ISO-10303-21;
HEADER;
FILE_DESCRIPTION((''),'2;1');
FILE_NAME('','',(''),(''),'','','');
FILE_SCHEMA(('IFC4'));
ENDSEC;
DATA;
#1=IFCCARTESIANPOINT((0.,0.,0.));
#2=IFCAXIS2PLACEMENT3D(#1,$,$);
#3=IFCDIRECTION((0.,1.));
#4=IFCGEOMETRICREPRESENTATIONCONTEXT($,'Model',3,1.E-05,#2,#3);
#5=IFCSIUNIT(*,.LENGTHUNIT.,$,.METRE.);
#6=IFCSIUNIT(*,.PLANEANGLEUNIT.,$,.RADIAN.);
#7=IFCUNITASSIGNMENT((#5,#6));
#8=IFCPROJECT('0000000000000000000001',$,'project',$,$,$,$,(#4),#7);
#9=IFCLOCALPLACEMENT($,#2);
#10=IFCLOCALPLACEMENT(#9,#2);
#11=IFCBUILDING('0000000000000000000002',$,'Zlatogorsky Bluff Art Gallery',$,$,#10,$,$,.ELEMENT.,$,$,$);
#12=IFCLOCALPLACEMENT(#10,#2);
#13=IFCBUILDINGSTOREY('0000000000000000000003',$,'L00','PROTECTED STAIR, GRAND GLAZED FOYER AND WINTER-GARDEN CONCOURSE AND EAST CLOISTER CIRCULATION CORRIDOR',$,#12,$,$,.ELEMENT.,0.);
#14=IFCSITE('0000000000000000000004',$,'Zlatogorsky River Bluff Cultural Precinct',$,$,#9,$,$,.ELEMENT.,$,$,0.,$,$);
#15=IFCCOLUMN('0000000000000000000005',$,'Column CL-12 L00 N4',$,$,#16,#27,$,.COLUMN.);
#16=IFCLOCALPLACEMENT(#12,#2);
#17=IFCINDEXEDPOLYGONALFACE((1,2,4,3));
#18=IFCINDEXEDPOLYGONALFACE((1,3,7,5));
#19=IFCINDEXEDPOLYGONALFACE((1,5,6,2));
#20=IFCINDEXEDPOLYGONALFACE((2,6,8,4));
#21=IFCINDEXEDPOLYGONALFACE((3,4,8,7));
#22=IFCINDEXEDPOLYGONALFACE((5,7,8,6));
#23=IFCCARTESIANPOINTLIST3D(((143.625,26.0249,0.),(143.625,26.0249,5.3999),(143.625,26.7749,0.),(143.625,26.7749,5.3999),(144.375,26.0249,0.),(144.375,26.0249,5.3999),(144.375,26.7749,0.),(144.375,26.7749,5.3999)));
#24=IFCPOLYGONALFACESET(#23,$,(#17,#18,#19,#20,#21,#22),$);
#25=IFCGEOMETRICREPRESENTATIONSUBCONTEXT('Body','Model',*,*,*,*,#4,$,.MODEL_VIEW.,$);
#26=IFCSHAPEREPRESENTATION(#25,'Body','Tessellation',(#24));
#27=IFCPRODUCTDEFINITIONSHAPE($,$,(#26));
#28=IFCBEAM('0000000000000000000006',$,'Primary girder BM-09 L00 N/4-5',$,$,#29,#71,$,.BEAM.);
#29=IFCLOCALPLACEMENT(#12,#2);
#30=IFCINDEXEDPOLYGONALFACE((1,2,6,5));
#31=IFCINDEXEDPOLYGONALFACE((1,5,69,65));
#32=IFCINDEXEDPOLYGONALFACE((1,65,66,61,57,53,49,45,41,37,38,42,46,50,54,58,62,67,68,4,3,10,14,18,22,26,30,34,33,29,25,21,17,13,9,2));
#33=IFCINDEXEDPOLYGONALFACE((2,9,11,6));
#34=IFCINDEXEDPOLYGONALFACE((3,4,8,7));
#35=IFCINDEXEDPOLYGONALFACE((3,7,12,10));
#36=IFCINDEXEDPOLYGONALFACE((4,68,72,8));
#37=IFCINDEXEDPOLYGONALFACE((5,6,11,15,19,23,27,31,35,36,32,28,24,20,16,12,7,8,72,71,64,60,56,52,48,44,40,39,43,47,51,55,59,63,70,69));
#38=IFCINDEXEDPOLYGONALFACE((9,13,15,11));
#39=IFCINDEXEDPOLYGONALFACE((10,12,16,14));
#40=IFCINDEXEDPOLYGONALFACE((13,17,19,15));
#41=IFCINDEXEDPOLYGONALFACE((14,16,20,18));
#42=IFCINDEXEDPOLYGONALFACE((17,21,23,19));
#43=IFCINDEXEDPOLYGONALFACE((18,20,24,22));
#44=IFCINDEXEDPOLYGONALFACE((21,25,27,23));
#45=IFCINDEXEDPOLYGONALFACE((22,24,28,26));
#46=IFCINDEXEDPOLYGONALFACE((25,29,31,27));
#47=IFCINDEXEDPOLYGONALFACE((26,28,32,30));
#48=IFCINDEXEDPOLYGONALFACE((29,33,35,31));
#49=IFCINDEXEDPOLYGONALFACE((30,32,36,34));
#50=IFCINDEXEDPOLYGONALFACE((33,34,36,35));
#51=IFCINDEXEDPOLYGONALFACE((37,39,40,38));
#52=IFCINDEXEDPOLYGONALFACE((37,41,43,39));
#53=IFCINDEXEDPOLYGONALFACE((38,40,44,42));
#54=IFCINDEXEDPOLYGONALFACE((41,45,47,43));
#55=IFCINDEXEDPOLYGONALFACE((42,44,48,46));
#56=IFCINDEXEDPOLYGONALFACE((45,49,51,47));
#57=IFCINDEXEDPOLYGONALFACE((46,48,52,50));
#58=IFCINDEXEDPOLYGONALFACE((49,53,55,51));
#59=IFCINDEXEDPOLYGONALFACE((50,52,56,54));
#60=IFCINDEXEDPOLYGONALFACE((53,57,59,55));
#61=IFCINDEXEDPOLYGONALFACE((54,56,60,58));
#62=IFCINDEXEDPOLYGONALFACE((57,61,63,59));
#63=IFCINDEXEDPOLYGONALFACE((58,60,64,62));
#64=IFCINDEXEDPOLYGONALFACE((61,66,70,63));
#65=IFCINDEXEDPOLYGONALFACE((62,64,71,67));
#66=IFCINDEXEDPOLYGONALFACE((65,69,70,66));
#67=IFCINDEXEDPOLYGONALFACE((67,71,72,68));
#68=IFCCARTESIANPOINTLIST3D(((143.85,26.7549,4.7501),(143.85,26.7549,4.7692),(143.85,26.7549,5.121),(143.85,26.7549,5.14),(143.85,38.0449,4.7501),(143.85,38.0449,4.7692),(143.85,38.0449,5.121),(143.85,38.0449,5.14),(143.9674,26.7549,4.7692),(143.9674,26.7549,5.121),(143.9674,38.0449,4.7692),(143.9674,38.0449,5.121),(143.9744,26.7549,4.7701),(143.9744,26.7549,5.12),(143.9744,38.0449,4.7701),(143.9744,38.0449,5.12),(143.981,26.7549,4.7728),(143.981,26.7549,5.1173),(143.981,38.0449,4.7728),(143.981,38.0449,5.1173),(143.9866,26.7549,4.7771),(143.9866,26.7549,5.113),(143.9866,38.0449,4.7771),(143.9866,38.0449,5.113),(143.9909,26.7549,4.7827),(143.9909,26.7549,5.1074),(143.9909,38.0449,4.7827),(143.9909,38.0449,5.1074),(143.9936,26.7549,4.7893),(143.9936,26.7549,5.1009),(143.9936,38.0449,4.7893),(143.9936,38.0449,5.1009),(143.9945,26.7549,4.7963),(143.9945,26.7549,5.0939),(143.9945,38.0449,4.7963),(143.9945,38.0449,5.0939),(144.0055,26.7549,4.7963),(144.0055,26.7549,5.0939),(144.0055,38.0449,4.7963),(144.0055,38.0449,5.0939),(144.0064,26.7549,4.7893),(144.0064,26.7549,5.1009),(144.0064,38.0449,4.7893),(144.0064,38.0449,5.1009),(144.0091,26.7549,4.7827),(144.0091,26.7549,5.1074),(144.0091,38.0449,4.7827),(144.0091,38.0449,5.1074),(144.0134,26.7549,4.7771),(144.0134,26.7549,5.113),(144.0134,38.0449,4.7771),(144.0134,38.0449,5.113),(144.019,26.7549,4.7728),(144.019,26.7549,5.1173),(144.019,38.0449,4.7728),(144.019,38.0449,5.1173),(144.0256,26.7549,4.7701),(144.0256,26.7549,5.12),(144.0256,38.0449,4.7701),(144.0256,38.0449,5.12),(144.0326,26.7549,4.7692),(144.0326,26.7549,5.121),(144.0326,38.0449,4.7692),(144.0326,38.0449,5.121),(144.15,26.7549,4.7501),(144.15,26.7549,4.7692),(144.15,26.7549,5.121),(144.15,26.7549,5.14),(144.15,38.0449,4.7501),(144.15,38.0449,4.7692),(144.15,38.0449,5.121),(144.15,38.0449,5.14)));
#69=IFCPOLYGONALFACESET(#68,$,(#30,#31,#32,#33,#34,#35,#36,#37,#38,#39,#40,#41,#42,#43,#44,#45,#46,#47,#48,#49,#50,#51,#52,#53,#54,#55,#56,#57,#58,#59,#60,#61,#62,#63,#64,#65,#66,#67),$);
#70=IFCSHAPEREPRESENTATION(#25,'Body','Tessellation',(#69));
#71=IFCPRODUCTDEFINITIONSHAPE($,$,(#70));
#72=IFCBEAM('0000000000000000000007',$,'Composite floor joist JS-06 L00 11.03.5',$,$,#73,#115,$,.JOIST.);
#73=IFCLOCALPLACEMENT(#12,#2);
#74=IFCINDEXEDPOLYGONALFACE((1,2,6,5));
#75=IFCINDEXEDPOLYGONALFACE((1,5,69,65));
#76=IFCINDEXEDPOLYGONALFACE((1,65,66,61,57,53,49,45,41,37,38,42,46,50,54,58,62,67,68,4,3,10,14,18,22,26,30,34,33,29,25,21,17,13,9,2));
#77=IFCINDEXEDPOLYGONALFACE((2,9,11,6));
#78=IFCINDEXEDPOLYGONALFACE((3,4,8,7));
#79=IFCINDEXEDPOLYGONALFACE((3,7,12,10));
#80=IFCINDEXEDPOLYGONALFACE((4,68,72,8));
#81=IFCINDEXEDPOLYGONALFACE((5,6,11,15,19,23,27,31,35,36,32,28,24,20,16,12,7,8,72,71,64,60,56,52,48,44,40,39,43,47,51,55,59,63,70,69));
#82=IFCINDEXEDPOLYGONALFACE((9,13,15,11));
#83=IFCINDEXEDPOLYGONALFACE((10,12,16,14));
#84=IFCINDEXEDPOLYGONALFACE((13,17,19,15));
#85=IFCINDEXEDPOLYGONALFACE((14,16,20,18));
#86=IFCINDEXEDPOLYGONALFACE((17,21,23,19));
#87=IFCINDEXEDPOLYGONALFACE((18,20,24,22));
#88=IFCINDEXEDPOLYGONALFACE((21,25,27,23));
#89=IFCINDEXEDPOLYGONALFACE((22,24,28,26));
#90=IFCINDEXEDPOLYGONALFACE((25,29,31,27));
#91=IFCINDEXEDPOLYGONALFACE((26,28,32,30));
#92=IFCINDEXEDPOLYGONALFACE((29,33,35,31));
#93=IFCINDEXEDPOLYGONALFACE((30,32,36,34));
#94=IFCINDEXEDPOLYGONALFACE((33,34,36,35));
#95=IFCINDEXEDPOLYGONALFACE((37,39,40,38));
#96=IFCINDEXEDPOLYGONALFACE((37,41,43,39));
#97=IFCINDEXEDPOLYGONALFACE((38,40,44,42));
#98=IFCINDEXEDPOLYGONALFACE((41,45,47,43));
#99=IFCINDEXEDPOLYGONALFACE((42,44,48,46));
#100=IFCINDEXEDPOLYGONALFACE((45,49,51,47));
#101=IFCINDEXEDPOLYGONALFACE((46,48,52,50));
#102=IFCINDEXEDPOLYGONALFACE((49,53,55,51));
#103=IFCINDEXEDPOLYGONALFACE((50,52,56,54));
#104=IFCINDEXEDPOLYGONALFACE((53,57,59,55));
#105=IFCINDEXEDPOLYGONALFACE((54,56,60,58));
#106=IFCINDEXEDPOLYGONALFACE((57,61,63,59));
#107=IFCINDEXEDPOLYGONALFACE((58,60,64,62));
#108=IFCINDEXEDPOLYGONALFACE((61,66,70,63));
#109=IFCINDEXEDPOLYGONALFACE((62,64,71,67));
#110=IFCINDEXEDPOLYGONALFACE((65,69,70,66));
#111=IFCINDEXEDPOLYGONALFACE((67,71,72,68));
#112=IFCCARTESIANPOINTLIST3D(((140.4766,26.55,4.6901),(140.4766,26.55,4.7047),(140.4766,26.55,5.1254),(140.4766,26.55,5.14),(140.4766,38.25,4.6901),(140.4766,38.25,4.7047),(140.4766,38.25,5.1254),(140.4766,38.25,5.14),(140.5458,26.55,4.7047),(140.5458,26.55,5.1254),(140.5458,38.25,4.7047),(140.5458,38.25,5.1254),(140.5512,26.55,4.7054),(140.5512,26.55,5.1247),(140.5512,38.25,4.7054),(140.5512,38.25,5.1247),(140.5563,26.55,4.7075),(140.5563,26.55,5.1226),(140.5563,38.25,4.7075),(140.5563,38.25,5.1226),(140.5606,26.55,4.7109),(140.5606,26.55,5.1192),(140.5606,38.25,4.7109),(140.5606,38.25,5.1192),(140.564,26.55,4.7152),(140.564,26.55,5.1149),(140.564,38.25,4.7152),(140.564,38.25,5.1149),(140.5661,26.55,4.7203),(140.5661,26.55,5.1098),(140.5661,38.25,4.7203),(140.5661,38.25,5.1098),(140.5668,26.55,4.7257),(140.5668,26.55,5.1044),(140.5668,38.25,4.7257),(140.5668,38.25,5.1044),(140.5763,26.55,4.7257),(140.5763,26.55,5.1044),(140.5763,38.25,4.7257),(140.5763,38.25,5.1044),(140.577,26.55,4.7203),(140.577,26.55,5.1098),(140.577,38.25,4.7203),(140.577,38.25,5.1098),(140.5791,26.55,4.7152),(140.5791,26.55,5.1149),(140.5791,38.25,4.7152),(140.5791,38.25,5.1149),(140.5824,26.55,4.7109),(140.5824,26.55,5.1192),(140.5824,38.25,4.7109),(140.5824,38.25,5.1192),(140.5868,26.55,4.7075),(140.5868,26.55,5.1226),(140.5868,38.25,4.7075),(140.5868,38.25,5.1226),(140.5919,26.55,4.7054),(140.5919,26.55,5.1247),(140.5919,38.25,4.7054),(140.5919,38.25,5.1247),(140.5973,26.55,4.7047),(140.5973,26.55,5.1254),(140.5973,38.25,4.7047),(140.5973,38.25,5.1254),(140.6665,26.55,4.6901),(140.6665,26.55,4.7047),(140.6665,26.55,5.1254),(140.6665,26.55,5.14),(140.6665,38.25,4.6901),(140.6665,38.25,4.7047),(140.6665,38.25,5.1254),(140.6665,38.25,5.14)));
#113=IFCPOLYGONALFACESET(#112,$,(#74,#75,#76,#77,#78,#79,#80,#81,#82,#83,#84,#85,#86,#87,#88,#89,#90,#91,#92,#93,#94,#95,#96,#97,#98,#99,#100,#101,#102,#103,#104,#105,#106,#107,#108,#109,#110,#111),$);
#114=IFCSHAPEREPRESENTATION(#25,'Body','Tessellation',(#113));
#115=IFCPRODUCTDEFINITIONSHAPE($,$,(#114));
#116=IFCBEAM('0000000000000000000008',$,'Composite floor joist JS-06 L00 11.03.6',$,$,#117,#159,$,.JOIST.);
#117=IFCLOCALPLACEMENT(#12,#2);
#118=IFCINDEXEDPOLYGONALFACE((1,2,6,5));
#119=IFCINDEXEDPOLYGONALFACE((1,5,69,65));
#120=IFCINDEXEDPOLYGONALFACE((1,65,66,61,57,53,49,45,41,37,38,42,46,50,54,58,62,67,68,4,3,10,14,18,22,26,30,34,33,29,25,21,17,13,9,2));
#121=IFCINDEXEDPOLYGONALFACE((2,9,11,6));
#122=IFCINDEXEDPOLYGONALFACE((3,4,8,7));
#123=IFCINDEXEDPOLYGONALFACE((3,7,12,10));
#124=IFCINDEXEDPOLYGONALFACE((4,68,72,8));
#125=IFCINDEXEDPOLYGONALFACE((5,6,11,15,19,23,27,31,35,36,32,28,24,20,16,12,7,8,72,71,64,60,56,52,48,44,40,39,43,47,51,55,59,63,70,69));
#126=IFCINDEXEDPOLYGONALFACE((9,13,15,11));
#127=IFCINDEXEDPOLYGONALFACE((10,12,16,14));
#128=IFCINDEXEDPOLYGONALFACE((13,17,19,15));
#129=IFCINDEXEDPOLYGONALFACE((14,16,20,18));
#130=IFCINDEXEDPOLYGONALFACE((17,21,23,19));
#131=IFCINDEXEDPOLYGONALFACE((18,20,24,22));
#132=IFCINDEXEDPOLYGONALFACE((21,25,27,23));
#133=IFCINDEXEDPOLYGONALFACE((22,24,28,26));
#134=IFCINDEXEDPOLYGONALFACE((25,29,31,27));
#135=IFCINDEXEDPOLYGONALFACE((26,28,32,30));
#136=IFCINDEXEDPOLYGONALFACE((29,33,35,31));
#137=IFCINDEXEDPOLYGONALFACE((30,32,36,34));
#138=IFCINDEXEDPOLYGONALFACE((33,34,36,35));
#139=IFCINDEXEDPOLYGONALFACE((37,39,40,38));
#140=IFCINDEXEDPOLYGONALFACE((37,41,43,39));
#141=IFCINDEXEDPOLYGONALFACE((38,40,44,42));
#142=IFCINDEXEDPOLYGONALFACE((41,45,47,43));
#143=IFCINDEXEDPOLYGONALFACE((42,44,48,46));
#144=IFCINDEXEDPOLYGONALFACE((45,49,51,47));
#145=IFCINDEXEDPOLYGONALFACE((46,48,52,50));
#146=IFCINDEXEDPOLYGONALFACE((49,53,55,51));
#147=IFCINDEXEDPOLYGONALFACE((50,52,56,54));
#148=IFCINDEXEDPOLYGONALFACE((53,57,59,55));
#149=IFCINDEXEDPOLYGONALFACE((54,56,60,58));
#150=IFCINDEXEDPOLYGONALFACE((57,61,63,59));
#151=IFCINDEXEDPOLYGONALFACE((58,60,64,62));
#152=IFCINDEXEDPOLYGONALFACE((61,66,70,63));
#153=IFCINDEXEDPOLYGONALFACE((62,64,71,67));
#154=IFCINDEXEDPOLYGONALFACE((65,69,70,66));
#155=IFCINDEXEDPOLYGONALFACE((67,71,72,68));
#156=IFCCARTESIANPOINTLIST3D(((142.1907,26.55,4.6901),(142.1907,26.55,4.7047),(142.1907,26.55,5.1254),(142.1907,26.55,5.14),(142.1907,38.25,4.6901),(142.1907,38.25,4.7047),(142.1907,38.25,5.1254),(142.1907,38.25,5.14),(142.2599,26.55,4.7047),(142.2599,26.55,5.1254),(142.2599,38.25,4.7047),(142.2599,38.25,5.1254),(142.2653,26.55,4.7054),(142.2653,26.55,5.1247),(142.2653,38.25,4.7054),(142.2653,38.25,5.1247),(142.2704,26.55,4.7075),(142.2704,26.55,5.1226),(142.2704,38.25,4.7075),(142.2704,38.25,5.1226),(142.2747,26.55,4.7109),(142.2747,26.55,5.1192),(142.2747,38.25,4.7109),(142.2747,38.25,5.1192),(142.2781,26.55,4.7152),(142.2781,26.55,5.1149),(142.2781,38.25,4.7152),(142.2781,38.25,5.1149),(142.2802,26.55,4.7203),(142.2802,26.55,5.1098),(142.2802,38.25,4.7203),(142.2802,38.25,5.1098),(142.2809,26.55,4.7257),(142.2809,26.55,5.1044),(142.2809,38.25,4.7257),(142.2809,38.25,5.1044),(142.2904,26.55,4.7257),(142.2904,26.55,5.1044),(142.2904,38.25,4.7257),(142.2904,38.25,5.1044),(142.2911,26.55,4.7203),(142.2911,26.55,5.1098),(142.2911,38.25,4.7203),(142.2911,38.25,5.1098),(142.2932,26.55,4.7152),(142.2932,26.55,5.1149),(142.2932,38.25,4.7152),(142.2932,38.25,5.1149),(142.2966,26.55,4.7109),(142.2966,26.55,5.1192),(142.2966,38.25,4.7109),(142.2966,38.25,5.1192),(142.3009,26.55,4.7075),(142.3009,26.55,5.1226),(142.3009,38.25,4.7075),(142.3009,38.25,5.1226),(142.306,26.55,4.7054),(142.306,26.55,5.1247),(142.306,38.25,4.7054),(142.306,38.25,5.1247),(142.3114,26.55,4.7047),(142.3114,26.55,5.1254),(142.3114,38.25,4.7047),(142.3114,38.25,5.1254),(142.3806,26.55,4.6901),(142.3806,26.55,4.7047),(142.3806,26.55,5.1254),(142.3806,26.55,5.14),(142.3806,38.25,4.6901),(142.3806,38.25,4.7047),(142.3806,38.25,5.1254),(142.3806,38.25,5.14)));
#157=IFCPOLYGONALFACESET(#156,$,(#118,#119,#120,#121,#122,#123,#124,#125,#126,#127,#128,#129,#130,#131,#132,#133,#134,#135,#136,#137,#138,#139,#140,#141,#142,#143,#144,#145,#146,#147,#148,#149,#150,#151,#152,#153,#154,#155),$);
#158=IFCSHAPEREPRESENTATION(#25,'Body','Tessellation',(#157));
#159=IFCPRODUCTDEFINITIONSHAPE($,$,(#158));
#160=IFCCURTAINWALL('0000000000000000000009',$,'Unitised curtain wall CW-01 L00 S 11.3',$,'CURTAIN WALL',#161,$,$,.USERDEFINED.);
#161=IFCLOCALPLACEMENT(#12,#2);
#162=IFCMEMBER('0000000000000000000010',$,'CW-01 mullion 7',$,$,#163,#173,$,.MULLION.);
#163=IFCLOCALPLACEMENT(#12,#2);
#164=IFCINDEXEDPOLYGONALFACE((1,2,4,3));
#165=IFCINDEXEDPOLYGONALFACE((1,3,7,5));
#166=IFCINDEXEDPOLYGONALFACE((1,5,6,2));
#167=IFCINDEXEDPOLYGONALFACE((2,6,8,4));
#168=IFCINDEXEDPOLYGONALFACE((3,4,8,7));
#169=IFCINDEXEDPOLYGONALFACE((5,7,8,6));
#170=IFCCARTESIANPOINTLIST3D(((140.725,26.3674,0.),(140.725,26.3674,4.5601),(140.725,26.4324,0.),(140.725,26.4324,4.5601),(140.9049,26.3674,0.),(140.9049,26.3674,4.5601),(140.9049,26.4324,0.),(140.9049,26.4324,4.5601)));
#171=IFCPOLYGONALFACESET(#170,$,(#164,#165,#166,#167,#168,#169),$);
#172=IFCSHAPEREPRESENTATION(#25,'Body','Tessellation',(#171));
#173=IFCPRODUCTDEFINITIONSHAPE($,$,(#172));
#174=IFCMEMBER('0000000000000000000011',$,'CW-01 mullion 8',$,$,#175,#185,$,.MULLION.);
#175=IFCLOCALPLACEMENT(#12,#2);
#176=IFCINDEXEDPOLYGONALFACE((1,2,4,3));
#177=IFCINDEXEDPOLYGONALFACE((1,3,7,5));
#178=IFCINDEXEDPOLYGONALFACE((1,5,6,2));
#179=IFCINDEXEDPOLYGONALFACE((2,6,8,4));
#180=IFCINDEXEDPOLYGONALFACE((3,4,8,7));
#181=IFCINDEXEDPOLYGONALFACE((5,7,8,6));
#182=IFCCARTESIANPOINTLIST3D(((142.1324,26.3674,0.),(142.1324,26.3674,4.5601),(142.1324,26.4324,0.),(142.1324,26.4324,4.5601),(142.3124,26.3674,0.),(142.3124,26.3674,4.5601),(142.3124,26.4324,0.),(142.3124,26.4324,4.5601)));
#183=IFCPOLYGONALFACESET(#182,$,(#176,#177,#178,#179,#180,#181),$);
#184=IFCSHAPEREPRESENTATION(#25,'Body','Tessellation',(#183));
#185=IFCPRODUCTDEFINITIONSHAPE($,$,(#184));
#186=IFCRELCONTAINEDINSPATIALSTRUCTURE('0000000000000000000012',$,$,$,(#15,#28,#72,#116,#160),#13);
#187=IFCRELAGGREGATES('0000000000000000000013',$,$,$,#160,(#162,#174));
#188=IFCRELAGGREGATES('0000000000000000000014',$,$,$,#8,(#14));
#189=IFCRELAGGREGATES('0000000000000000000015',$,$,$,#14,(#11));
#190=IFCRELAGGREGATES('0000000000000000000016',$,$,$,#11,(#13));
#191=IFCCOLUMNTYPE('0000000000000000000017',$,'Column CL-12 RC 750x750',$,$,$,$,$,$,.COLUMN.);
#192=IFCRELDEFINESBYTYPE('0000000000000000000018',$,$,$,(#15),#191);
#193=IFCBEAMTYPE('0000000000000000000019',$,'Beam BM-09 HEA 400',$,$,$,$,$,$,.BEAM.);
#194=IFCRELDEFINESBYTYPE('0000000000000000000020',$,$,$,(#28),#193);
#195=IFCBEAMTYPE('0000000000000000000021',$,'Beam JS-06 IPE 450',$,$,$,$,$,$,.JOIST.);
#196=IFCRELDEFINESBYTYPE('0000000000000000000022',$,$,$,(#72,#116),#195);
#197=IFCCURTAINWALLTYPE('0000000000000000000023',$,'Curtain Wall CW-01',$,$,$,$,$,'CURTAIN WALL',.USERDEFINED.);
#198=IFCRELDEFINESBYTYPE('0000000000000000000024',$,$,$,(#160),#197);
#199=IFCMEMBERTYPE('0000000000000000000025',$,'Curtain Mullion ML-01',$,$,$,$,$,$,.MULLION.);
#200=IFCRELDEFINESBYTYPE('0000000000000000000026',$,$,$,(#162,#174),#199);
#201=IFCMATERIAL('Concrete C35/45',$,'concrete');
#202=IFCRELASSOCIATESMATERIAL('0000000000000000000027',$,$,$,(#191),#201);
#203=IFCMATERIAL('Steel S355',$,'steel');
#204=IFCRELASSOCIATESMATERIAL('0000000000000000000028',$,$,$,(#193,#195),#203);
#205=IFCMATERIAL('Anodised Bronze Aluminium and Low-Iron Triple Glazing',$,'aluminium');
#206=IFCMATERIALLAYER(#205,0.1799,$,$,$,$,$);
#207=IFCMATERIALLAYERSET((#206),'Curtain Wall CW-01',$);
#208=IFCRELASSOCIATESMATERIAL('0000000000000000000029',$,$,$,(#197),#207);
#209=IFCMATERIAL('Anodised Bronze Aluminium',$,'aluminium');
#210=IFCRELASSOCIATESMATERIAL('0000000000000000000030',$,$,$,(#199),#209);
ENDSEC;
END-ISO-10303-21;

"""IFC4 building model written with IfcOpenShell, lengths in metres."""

from ifc_helpers import new_model, si_unit, direction, frame, origin, origin_2d, place, context, subcontext, project, spatial, rectangle, i_section, extrude, material, layer, layer_set, material_profile, profile_set, type_object, element, aggregate, save


model = new_model("IFC4")

# Units and contexts
model_context = context("Model", 3, precision=1e-05, world=origin(), true_north=direction((0.0, 1.0)))
body_context = subcontext(model_context, "Body", "Model", "MODEL_VIEW")
ifc_project = project(units=[si_unit("LENGTHUNIT", "METRE"), si_unit("PLANEANGLEUNIT", "RADIAN")], contexts=[model_context])

# Site, building, storey
site_placement = place(None, origin())
site = spatial("IfcSite", under=ifc_project, at=site_placement, Name="Zlatogorsky River Bluff Cultural Precinct", CompositionType="ELEMENT", RefElevation=0.0)
building_placement = place(site_placement, origin())
building = spatial("IfcBuilding", under=site, at=building_placement, Name="Zlatogorsky Bluff Art Gallery", CompositionType="ELEMENT")
storey_placement = place(building_placement, origin())
storey = spatial("IfcBuildingStorey", under=building, at=storey_placement, Name="L00", Description="PROTECTED STAIR, GRAND GLAZED FOYER AND WINTER-GARDEN CONCOURSE AND EAST CLOISTER CIRCULATION CORRIDOR", CompositionType="ELEMENT", Elevation=0.0)

# Column
ifc_material_1 = material(Name="Concrete C35/45", Category="concrete")
ifc_material_profile_1 = material_profile(ifc_material_1, rectangle(XDim=0.75, YDim=0.75, at=origin_2d()), Name="RC 750x750")
ifc_profile_set_1 = profile_set([ifc_material_profile_1], Name="Concrete C35/45")
column_type = type_object("IfcColumnType", Name="Column CL-12 RC 750x750", PredefinedType="COLUMN", material=ifc_profile_set_1)
column_placement = place(storey_placement, frame((144.0, 26.3999, 0.0), z_axis=(0.0, 0.0, 1.0), x_axis=(1.0, 0.0, 0.0)))
element("IfcColumn", 1, at=column_placement, inside=storey, type_object=column_type, Name="Column CL-12 L00 N4", PredefinedType="COLUMN", context=body_context, shape_type="SweptSolid", body=[
    extrude(rectangle(XDim=0.75, YDim=0.75, at=origin_2d()), origin(), (0.0, 0.0, 1.0), 5.3999),
])

# Beams
ifc_material_2 = material(Name="Steel S355", Category="steel")
ifc_material_profile_2 = material_profile(ifc_material_2, i_section(OverallWidth=0.3, OverallDepth=0.3899, WebThickness=0.011, FlangeThickness=0.019, FilletRadius=0.0271, at=origin_2d()), Name="HEA 400")
ifc_profile_set_2 = profile_set([ifc_material_profile_2], Name="Steel S355")
beam_type_1 = type_object("IfcBeamType", Name="Beam BM-09 HEA 400", PredefinedType="BEAM", material=ifc_profile_set_2)
beam_placement = place(storey_placement, frame((144.0, 26.7549, 4.9451), z_axis=(0.0, 1.0, 0.0), x_axis=(-1.0, 0.0, 0.0)))
element("IfcBeam", 2, at=beam_placement, inside=storey, type_object=beam_type_1, Name="Primary girder BM-09 L00 N/4-5", PredefinedType="BEAM", context=body_context, shape_type="SweptSolid", body=[
    extrude(i_section(OverallWidth=0.3, OverallDepth=0.3899, WebThickness=0.011, FlangeThickness=0.019, FilletRadius=0.0271, at=origin_2d()), origin(), (0.0, 0.0, 1.0), 11.29),
])
ifc_material_profile_3 = material_profile(ifc_material_2, i_section(OverallWidth=0.1899, OverallDepth=0.45, WebThickness=0.0095, FlangeThickness=0.0146, FilletRadius=0.021, at=origin_2d()), Name="IPE 450")
ifc_profile_set_3 = profile_set([ifc_material_profile_3], Name="Steel S355")
beam_type_2 = type_object("IfcBeamType", Name="Beam JS-06 IPE 450", PredefinedType="JOIST", material=ifc_profile_set_3)
for number, where, z_axis, x_axis, name in (
    (3, (140.5715, 26.55, 4.915), (0.0, 1.0, 0.0), (-1.0, 0.0, 0.0), "Composite floor joist JS-06 L00 11.03.5"),
    (4, (142.2856, 26.55, 4.915), (0.0, 1.0, 0.0), (-1.0, 0.0, 0.0), "Composite floor joist JS-06 L00 11.03.6"),
):
    element("IfcBeam", number, at=place(storey_placement, frame(where, z_axis=z_axis, x_axis=x_axis)), inside=storey, type_object=beam_type_2, Name=name, PredefinedType="JOIST", context=body_context, shape_type="SweptSolid", body=[
        extrude(i_section(OverallWidth=0.1899, OverallDepth=0.45, WebThickness=0.0095, FlangeThickness=0.0146, FilletRadius=0.021, at=origin_2d()), origin(), (0.0, 0.0, 1.0), 11.7),
    ])

# Curtain wall, members
ifc_material_3 = material(Name="Anodised Bronze Aluminium and Low-Iron Triple Glazing", Category="aluminium")
ifc_layer_1 = layer(ifc_material_3, 0.1799)
ifc_layer_set_1 = layer_set([ifc_layer_1], Name="Curtain Wall CW-01")
curtain_wall_type = type_object("IfcCurtainWallType", Name="Curtain Wall CW-01", ElementType="CURTAIN WALL", PredefinedType="USERDEFINED", material=ifc_layer_set_1)
curtain_wall_placement = place(storey_placement, origin())
curtain_wall = element("IfcCurtainWall", 5, at=curtain_wall_placement, inside=storey, type_object=curtain_wall_type, Name="Unitised curtain wall CW-01 L00 S 11.3", ObjectType="CURTAIN WALL", PredefinedType="USERDEFINED")
ifc_material_4 = material(Name="Anodised Bronze Aluminium", Category="aluminium")
ifc_material_profile_4 = material_profile(ifc_material_4, rectangle(XDim=0.0649, YDim=0.1799, at=origin_2d()), Name="ALU MULLION 65x180")
ifc_profile_set_4 = profile_set([ifc_material_profile_4], Name="Anodised Bronze Aluminium")
member_type_1 = type_object("IfcMemberType", Name="Curtain Mullion ML-01", PredefinedType="MULLION", material=ifc_profile_set_4)
member_1_placement = place(storey_placement, frame((140.8149, 26.3999, 0.0), z_axis=(0.0, 0.0, 1.0), x_axis=(0.0, 1.0, 0.0)))
member_1 = element("IfcMember", 6, at=member_1_placement, type_object=member_type_1, Name="CW-01 mullion 7", PredefinedType="MULLION", context=body_context, shape_type="SweptSolid", body=[
    extrude(rectangle(XDim=0.0649, YDim=0.1799, at=origin_2d()), origin(), (0.0, 0.0, 1.0), 4.5601),
])
member_2_placement = place(storey_placement, frame((142.2224, 26.3999, 0.0), z_axis=(0.0, 0.0, 1.0), x_axis=(0.0, 1.0, 0.0)))
member_2 = element("IfcMember", 7, at=member_2_placement, type_object=member_type_1, Name="CW-01 mullion 8", PredefinedType="MULLION", context=body_context, shape_type="SweptSolid", body=[
    extrude(rectangle(XDim=0.0649, YDim=0.1799, at=origin_2d()), origin(), (0.0, 0.0, 1.0), 4.5601),
])
aggregate(curtain_wall, [member_1, member_2])

save(model, "model.ifc")
